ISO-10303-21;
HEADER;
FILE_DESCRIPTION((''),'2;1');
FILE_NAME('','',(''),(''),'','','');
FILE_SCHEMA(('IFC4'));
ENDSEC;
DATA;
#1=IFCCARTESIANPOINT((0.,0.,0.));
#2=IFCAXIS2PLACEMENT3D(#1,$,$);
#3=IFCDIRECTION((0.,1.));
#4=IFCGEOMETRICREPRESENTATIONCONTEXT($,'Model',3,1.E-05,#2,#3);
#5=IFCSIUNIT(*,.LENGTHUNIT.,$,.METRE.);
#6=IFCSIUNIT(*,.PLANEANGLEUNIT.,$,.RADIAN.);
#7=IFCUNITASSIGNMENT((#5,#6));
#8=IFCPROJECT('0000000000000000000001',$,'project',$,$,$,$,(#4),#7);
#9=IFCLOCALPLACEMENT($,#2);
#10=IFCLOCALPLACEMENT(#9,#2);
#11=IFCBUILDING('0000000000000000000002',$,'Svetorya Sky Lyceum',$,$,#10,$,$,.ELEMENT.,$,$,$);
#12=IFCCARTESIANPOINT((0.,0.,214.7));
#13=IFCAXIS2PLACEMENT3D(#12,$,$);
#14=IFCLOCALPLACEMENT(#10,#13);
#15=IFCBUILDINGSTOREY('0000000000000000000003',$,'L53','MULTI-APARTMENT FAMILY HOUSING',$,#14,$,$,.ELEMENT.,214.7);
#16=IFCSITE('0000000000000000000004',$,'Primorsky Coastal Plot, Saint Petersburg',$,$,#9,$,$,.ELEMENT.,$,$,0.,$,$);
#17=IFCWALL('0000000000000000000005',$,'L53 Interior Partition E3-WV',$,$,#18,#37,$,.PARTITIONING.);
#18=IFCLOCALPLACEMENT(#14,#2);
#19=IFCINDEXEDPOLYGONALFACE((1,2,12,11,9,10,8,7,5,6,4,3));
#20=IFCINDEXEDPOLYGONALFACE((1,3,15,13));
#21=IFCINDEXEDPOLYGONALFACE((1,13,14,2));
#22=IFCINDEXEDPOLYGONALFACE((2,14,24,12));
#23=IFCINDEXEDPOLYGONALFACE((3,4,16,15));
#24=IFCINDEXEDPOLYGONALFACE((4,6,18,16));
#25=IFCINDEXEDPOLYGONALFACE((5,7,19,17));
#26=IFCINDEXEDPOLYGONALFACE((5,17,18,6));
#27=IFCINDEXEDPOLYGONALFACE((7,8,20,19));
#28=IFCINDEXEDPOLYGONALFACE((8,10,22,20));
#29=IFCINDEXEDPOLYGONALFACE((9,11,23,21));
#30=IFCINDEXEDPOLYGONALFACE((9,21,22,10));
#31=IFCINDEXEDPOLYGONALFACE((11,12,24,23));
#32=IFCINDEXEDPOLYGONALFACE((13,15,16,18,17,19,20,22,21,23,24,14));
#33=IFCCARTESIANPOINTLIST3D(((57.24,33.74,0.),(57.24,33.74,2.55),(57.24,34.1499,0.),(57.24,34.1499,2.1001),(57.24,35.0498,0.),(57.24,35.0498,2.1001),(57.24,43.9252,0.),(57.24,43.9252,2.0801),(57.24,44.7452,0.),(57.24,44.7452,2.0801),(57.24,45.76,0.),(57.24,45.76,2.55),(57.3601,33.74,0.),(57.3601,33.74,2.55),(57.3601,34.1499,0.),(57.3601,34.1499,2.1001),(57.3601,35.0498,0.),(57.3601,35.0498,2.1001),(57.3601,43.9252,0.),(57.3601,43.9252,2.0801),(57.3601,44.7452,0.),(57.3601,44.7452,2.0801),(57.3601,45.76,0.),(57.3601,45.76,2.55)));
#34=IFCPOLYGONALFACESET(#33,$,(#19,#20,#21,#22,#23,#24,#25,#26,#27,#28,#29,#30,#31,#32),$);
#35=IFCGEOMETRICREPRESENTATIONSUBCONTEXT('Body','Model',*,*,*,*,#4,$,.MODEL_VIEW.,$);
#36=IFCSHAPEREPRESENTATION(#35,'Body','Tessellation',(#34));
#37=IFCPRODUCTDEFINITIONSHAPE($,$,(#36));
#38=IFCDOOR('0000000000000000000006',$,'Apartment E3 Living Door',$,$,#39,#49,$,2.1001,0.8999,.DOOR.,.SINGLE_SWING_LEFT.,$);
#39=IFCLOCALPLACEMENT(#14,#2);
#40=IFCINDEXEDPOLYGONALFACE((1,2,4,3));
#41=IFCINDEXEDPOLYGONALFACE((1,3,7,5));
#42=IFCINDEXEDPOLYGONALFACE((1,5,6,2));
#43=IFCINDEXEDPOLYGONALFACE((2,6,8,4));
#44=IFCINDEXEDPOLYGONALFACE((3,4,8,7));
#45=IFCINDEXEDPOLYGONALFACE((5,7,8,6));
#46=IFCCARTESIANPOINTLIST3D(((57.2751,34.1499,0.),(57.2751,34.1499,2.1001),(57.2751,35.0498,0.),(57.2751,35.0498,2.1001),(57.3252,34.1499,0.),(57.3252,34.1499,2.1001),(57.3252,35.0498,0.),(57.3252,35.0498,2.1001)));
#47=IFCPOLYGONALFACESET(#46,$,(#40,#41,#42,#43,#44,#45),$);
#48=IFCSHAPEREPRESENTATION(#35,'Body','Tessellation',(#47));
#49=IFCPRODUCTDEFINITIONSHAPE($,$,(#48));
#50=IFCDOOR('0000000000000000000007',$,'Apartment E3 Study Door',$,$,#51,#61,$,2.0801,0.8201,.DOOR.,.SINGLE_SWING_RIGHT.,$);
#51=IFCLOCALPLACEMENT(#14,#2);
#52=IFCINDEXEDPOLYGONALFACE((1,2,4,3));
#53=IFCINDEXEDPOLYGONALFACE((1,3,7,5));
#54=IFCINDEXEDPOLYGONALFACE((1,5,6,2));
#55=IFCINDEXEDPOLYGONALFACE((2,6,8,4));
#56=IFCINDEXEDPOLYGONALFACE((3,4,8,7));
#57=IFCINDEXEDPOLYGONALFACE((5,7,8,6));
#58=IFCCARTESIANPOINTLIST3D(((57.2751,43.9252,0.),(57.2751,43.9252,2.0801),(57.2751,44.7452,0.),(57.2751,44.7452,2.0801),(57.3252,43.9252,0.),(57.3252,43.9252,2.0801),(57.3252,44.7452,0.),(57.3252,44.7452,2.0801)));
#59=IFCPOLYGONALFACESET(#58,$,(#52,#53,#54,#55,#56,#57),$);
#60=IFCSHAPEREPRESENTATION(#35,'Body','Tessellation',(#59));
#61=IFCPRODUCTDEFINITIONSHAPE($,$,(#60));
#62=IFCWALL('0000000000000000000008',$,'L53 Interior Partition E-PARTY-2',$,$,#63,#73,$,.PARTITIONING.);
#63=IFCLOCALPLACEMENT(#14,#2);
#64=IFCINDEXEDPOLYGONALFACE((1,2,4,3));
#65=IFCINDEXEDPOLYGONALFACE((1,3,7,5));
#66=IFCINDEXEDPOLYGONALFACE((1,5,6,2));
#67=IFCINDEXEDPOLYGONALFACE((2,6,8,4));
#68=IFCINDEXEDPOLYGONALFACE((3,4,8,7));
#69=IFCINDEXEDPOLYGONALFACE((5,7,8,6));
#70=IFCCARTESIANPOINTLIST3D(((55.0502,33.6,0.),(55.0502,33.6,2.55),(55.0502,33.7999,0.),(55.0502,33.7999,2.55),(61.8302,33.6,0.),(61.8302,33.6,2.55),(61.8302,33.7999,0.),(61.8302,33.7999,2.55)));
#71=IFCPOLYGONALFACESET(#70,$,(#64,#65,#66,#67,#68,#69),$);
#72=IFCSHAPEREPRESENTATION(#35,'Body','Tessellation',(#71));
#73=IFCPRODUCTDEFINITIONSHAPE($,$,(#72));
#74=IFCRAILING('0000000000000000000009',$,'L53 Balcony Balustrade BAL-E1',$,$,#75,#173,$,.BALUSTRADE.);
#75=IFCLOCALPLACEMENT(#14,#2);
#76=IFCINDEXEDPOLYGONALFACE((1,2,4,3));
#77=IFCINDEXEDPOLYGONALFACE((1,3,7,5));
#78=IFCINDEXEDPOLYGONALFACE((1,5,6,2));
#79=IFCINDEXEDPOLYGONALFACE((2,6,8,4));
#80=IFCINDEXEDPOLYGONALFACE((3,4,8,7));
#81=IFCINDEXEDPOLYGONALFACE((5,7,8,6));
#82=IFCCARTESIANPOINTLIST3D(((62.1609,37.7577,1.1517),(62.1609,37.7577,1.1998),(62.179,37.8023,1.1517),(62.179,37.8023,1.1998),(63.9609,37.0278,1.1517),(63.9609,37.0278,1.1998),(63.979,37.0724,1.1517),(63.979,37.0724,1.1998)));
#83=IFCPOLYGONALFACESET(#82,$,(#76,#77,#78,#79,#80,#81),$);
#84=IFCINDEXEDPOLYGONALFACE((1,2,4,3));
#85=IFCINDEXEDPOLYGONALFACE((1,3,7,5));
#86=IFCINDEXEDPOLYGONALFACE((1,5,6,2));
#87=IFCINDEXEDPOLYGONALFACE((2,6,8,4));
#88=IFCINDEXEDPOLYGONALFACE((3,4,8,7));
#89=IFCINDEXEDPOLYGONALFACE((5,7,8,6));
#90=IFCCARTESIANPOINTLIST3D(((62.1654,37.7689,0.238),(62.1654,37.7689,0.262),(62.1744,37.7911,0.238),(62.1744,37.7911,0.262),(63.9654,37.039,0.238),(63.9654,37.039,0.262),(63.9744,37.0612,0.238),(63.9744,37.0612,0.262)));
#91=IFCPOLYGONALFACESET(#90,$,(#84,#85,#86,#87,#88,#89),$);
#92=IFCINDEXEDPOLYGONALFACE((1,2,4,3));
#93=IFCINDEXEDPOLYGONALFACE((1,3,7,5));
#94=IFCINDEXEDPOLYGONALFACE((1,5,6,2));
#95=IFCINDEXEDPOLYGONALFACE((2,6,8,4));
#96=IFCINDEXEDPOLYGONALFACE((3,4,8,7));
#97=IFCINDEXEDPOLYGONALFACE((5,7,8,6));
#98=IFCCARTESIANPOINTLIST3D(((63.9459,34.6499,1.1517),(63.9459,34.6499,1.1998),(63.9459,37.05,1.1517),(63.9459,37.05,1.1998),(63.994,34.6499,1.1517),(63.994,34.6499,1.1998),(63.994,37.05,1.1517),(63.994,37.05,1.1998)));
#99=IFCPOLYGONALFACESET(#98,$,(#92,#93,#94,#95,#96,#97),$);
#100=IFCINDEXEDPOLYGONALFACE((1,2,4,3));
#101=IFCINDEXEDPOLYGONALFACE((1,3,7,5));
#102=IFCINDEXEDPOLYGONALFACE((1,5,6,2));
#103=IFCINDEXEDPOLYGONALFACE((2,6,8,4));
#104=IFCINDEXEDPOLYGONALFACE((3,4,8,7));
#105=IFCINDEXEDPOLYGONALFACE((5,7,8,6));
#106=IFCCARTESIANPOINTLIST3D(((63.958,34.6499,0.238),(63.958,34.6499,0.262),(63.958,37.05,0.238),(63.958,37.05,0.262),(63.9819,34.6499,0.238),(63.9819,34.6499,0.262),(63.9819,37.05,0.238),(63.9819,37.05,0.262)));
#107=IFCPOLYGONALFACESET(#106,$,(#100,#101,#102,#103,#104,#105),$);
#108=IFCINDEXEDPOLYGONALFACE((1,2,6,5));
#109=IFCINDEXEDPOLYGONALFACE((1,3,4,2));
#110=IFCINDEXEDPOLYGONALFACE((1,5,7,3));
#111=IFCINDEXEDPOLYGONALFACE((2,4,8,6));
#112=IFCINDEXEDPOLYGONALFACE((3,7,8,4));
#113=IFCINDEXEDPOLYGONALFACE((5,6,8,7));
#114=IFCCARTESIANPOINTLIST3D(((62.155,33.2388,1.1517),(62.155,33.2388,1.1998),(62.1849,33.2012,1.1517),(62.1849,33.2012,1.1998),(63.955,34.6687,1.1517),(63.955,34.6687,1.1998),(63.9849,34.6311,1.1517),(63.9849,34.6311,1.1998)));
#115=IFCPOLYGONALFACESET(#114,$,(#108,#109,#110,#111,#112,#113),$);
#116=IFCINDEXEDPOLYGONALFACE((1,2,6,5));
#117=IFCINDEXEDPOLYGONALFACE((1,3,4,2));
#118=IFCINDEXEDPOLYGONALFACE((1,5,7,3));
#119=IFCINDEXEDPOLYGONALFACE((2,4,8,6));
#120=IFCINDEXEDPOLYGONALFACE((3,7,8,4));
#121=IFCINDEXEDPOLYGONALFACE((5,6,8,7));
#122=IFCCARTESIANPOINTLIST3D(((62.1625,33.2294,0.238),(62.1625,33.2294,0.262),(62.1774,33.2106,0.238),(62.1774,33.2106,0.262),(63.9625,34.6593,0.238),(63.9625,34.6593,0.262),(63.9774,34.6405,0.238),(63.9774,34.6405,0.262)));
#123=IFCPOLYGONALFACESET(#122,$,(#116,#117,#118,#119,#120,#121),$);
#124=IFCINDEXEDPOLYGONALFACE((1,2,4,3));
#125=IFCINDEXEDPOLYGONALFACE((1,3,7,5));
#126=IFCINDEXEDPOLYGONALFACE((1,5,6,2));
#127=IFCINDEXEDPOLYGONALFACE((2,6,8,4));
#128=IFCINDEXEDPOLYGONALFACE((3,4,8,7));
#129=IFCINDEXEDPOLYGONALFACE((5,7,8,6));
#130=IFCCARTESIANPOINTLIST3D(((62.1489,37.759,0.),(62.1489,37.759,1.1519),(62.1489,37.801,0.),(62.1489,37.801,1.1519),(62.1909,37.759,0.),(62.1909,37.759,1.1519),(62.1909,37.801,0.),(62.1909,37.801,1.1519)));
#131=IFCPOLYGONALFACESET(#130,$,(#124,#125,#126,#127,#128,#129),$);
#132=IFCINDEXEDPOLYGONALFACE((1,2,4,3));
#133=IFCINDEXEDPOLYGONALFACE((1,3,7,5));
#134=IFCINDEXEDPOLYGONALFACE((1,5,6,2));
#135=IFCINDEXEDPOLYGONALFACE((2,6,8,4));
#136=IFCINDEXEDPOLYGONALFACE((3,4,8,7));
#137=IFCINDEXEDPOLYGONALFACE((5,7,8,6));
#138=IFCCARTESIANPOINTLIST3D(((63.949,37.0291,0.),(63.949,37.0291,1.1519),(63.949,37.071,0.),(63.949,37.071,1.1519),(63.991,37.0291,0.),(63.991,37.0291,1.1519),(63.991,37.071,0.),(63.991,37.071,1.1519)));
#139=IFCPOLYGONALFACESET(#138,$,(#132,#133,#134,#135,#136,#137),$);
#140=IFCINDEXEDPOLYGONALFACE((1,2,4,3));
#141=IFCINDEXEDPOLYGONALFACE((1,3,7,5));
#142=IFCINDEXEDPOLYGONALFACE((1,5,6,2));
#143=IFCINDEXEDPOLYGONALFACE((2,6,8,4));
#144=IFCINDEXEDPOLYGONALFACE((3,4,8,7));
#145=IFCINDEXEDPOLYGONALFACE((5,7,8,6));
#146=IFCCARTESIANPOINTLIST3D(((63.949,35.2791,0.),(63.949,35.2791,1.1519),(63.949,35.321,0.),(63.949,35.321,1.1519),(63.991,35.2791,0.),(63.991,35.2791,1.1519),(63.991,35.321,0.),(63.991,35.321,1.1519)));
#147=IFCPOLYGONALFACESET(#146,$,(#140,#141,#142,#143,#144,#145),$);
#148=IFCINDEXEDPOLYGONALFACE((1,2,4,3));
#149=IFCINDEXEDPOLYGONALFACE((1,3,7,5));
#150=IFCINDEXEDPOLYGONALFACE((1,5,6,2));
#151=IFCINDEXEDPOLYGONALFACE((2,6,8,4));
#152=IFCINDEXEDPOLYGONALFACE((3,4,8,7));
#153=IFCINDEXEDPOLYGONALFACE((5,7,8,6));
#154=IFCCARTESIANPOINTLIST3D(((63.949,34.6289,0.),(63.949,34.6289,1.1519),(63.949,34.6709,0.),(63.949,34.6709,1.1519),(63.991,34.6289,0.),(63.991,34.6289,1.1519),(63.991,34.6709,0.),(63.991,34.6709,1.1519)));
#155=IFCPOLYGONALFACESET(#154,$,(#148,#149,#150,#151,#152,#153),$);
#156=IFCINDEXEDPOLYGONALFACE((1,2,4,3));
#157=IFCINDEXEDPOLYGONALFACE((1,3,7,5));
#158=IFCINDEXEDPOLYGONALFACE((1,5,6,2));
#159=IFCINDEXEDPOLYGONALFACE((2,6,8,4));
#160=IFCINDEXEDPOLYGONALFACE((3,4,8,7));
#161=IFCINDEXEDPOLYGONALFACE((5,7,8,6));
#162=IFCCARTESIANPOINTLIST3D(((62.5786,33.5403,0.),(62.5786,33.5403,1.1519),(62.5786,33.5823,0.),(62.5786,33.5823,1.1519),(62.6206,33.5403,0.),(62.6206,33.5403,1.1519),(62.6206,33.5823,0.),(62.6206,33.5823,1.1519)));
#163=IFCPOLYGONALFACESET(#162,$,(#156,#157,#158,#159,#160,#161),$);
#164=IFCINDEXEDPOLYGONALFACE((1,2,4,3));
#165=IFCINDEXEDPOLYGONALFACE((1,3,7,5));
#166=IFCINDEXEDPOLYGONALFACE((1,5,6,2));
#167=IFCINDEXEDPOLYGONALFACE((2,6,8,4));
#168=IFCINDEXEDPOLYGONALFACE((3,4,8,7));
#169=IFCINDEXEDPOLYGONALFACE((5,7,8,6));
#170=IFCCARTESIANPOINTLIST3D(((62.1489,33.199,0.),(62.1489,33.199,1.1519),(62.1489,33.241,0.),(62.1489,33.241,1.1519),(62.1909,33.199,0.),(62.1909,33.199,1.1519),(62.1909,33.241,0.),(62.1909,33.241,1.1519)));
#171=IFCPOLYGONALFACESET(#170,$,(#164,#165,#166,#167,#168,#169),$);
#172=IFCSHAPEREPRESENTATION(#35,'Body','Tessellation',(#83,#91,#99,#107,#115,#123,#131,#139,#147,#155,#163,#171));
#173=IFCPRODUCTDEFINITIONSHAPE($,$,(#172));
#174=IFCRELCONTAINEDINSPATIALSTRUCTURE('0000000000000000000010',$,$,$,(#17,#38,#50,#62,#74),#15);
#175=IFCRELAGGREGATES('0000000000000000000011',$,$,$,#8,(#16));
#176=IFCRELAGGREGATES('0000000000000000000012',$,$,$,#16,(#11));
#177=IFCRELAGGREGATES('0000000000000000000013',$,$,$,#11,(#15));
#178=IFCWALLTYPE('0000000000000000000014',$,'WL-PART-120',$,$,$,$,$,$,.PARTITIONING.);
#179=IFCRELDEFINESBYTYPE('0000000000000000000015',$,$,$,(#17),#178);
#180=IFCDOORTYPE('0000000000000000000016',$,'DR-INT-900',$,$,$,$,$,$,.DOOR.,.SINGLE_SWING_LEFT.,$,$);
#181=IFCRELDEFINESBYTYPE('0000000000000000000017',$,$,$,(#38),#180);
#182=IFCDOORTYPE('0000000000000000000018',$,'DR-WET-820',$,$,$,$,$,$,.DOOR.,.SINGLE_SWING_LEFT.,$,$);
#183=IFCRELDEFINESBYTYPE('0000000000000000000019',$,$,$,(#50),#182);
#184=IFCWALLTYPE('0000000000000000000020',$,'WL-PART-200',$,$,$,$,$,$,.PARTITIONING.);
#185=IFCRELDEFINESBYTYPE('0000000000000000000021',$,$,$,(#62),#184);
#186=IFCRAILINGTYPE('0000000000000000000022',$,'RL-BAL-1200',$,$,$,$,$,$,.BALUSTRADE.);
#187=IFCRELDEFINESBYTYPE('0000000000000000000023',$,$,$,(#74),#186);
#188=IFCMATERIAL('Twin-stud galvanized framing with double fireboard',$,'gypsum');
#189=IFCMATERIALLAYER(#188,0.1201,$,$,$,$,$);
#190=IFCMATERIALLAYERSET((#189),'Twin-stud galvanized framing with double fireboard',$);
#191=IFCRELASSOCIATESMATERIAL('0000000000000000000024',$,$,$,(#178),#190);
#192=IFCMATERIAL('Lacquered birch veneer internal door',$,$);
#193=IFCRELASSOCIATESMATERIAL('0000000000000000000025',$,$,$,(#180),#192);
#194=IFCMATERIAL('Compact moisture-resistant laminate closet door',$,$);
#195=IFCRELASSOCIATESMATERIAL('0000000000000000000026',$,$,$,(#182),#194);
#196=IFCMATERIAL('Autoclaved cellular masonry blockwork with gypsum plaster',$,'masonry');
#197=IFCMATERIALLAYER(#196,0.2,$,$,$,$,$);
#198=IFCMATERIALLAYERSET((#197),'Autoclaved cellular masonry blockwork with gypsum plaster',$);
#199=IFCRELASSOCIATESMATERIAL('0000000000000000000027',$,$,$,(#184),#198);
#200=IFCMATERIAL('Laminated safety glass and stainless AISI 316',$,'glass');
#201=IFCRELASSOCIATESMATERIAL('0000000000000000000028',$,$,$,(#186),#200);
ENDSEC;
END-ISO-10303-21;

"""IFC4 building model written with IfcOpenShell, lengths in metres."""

from ifc_helpers import new_model, si_unit, direction, frame, frame_2d, origin, origin_2d, place, context, subcontext, project, spatial, rectangle, extrude, material, layer, layer_set, type_object, element, fill, save


model = new_model("IFC4")

# Units and contexts
model_context = context("Model", 3, precision=1e-05, world=origin(), true_north=direction((0.0, 1.0)))
body_context = subcontext(model_context, "Body", "Model", "MODEL_VIEW")
ifc_project = project(units=[si_unit("LENGTHUNIT", "METRE"), si_unit("PLANEANGLEUNIT", "RADIAN")], contexts=[model_context])

# Site, building, storey
site_placement = place(None, origin())
site = spatial("IfcSite", under=ifc_project, at=site_placement, Name="Primorsky Coastal Plot, Saint Petersburg", CompositionType="ELEMENT", RefElevation=0.0)
building_placement = place(site_placement, origin())
building = spatial("IfcBuilding", under=site, at=building_placement, Name="Svetorya Sky Lyceum", CompositionType="ELEMENT")
storey_placement = place(building_placement, frame((0.0, 0.0, 214.7)))
storey = spatial("IfcBuildingStorey", under=building, at=storey_placement, Name="L53", Description="MULTI-APARTMENT FAMILY HOUSING", CompositionType="ELEMENT", Elevation=214.7)

# Shared definitions
ifc_material_1 = material(Name="Twin-stud galvanized framing with double fireboard", Category="gypsum")
ifc_layer_1 = layer(ifc_material_1, 0.1201)
ifc_layer_set_1 = layer_set([ifc_layer_1], Name="Twin-stud galvanized framing with double fireboard")
wall_type_1 = type_object("IfcWallType", Name="WL-PART-120", PredefinedType="PARTITIONING", material=ifc_layer_set_1)
ifc_material_2 = material(Name="Lacquered birch veneer internal door")
door_type_1 = type_object("IfcDoorType", Name="DR-INT-900", OperationType="SINGLE_SWING_LEFT", PredefinedType="DOOR", material=ifc_material_2)

# Wall, openings, doors
wall_1_placement = place(storey_placement, frame((57.3, 33.74, 0.0), z_axis=(0.0, 0.0, 1.0), x_axis=(0.0, 1.0, 0.0)))
wall_1 = element("IfcWall", 1, at=wall_1_placement, inside=storey, type_object=wall_type_1, Name="L53 Interior Partition E3-WV", PredefinedType="PARTITIONING", context=body_context, shape_type="SweptSolid", body=[
    extrude(rectangle(XDim=12.02, YDim=0.1201, at=frame_2d((6.01, 0.0))), origin(), (0.0, 0.0, 1.0), 2.55),
])
opening_1_placement = place(wall_1_placement, frame((0.4099, 0.0, 0.0)))
opening_1 = element("IfcOpeningElement", 2, at=opening_1_placement, cuts=wall_1, PredefinedType="OPENING", context=body_context, shape_type="SweptSolid", body=[
    extrude(rectangle(XDim=0.8999, YDim=2.1001, at=frame_2d((0.45, 1.05))), frame((0.0, 0.0701, 0.0), z_axis=(0.0, -1.0, 0.0), x_axis=(1.0, 0.0, 0.0)), (0.0, 0.0, 1.0), 0.1401),
])
opening_2_placement = place(wall_1_placement, frame((10.1851, 0.0, 0.0)))
opening_2 = element("IfcOpeningElement", 3, at=opening_2_placement, cuts=wall_1, PredefinedType="OPENING", context=body_context, shape_type="SweptSolid", body=[
    extrude(rectangle(XDim=0.8201, YDim=2.0801, at=frame_2d((0.4102, 1.04))), frame((0.0, 0.0701, 0.0), z_axis=(0.0, -1.0, 0.0), x_axis=(1.0, 0.0, 0.0)), (0.0, 0.0, 1.0), 0.1401),
])
door_1_placement = place(opening_1_placement, origin())
door_1 = element("IfcDoor", 4, at=door_1_placement, inside=storey, type_object=door_type_1, Name="Apartment E3 Living Door", OperationType="SINGLE_SWING_LEFT", OverallHeight=2.1001, OverallWidth=0.8999, PredefinedType="DOOR", context=body_context, shape_type="SweptSolid", body=[
    extrude(rectangle(XDim=0.8999, YDim=2.1001, at=frame_2d((0.45, 1.05))), frame((0.0, 0.0249, 0.0), z_axis=(0.0, -1.0, 0.0), x_axis=(1.0, 0.0, 0.0)), (0.0, 0.0, 1.0), 0.05),
])
fill(opening_1, door_1)
ifc_material_3 = material(Name="Compact moisture-resistant laminate closet door")
door_type_2 = type_object("IfcDoorType", Name="DR-WET-820", OperationType="SINGLE_SWING_LEFT", PredefinedType="DOOR", material=ifc_material_3)
door_2_placement = place(opening_2_placement, origin())
door_2 = element("IfcDoor", 5, at=door_2_placement, inside=storey, type_object=door_type_2, Name="Apartment E3 Study Door", OperationType="SINGLE_SWING_RIGHT", OverallHeight=2.0801, OverallWidth=0.8201, PredefinedType="DOOR", context=body_context, shape_type="SweptSolid", body=[
    extrude(rectangle(XDim=0.8201, YDim=2.0801, at=frame_2d((0.4102, 1.04))), frame((0.0, 0.0249, 0.0), z_axis=(0.0, -1.0, 0.0), x_axis=(1.0, 0.0, 0.0)), (0.0, 0.0, 1.0), 0.05),
])
fill(opening_2, door_2)

# Wall
ifc_material_4 = material(Name="Autoclaved cellular masonry blockwork with gypsum plaster", Category="masonry")
ifc_layer_2 = layer(ifc_material_4, 0.2)
ifc_layer_set_2 = layer_set([ifc_layer_2], Name="Autoclaved cellular masonry blockwork with gypsum plaster")
wall_type_2 = type_object("IfcWallType", Name="WL-PART-200", PredefinedType="PARTITIONING", material=ifc_layer_set_2)
wall_2_placement = place(storey_placement, frame((55.05, 33.7, 0.0), z_axis=(0.0, 0.0, 1.0), x_axis=(1.0, 0.0, 0.0)))
element("IfcWall", 6, at=wall_2_placement, inside=storey, type_object=wall_type_2, Name="L53 Interior Partition E-PARTY-2", PredefinedType="PARTITIONING", context=body_context, shape_type="SweptSolid", body=[
    extrude(rectangle(XDim=6.78, YDim=0.2, at=frame_2d((3.3901, 0.0))), origin(), (0.0, 0.0, 1.0), 2.55),
])

# Railing
ifc_material_5 = material(Name="Laminated safety glass and stainless AISI 316", Category="glass")
railing_type = type_object("IfcRailingType", Name="RL-BAL-1200", PredefinedType="BALUSTRADE", material=ifc_material_5)
railing_placement = place(storey_placement, frame((62.1699, 37.78, 0.0)))
element("IfcRailing", 7, at=railing_placement, inside=storey, type_object=railing_type, Name="L53 Balcony Balustrade BAL-E1", PredefinedType="BALUSTRADE", context=body_context, shape_type="SweptSolid", body=[
    extrude(rectangle(XDim=0.0481, YDim=0.0481, at=origin_2d()), frame((0.0, 0.0, 1.1758), z_axis=(0.926698, -0.375807, 0.0), x_axis=(0.375807, 0.926698, 0.0)), (0.0, 0.0, 1.0), 1.9424),
    extrude(rectangle(XDim=0.0239, YDim=0.0239, at=origin_2d()), frame((0.0, 0.0, 0.25), z_axis=(0.926698, -0.375807, 0.0), x_axis=(0.375807, 0.926698, 0.0)), (0.0, 0.0, 1.0), 1.9424),
    extrude(rectangle(XDim=0.0481, YDim=0.0481, at=origin_2d()), frame((1.8, -0.73, 1.1758), z_axis=(0.0, -1.0, 0.0), x_axis=(1.0, 0.0, 0.0)), (0.0, 0.0, 1.0), 2.4001),
    extrude(rectangle(XDim=0.0239, YDim=0.0239, at=origin_2d()), frame((1.8, -0.73, 0.25), z_axis=(0.0, -1.0, 0.0), x_axis=(1.0, 0.0, 0.0)), (0.0, 0.0, 1.0), 2.4001),
    extrude(rectangle(XDim=0.0481, YDim=0.0481, at=origin_2d()), frame((1.8, -3.1301, 1.1758), z_axis=(-0.783009, -0.62201, 0.0), x_axis=(0.62201, -0.783009, 0.0)), (0.0, 0.0, 1.0), 2.2988),
    extrude(rectangle(XDim=0.0239, YDim=0.0239, at=origin_2d()), frame((1.8, -3.1301, 0.25), z_axis=(-0.783009, -0.62201, 0.0), x_axis=(0.62201, -0.783009, 0.0)), (0.0, 0.0, 1.0), 2.2988),
    extrude(rectangle(XDim=0.042, YDim=0.042, at=origin_2d()), origin(), (0.0, 0.0, 1.0), 1.1519),
    extrude(rectangle(XDim=0.042, YDim=0.042, at=origin_2d()), frame((1.8, -0.73, 0.0)), (0.0, 0.0, 1.0), 1.1519),
    extrude(rectangle(XDim=0.042, YDim=0.042, at=origin_2d()), frame((1.8, -2.48, 0.0)), (0.0, 0.0, 1.0), 1.1519),
    extrude(rectangle(XDim=0.042, YDim=0.042, at=origin_2d()), frame((1.8, -3.1301, 0.0)), (0.0, 0.0, 1.0), 1.1519),
    extrude(rectangle(XDim=0.042, YDim=0.042, at=origin_2d()), frame((0.4297, -4.2188, 0.0)), (0.0, 0.0, 1.0), 1.1519),
    extrude(rectangle(XDim=0.042, YDim=0.042, at=origin_2d()), frame((0.0, -4.5601, 0.0)), (0.0, 0.0, 1.0), 1.1519),
])

save(model, "model.ifc")
